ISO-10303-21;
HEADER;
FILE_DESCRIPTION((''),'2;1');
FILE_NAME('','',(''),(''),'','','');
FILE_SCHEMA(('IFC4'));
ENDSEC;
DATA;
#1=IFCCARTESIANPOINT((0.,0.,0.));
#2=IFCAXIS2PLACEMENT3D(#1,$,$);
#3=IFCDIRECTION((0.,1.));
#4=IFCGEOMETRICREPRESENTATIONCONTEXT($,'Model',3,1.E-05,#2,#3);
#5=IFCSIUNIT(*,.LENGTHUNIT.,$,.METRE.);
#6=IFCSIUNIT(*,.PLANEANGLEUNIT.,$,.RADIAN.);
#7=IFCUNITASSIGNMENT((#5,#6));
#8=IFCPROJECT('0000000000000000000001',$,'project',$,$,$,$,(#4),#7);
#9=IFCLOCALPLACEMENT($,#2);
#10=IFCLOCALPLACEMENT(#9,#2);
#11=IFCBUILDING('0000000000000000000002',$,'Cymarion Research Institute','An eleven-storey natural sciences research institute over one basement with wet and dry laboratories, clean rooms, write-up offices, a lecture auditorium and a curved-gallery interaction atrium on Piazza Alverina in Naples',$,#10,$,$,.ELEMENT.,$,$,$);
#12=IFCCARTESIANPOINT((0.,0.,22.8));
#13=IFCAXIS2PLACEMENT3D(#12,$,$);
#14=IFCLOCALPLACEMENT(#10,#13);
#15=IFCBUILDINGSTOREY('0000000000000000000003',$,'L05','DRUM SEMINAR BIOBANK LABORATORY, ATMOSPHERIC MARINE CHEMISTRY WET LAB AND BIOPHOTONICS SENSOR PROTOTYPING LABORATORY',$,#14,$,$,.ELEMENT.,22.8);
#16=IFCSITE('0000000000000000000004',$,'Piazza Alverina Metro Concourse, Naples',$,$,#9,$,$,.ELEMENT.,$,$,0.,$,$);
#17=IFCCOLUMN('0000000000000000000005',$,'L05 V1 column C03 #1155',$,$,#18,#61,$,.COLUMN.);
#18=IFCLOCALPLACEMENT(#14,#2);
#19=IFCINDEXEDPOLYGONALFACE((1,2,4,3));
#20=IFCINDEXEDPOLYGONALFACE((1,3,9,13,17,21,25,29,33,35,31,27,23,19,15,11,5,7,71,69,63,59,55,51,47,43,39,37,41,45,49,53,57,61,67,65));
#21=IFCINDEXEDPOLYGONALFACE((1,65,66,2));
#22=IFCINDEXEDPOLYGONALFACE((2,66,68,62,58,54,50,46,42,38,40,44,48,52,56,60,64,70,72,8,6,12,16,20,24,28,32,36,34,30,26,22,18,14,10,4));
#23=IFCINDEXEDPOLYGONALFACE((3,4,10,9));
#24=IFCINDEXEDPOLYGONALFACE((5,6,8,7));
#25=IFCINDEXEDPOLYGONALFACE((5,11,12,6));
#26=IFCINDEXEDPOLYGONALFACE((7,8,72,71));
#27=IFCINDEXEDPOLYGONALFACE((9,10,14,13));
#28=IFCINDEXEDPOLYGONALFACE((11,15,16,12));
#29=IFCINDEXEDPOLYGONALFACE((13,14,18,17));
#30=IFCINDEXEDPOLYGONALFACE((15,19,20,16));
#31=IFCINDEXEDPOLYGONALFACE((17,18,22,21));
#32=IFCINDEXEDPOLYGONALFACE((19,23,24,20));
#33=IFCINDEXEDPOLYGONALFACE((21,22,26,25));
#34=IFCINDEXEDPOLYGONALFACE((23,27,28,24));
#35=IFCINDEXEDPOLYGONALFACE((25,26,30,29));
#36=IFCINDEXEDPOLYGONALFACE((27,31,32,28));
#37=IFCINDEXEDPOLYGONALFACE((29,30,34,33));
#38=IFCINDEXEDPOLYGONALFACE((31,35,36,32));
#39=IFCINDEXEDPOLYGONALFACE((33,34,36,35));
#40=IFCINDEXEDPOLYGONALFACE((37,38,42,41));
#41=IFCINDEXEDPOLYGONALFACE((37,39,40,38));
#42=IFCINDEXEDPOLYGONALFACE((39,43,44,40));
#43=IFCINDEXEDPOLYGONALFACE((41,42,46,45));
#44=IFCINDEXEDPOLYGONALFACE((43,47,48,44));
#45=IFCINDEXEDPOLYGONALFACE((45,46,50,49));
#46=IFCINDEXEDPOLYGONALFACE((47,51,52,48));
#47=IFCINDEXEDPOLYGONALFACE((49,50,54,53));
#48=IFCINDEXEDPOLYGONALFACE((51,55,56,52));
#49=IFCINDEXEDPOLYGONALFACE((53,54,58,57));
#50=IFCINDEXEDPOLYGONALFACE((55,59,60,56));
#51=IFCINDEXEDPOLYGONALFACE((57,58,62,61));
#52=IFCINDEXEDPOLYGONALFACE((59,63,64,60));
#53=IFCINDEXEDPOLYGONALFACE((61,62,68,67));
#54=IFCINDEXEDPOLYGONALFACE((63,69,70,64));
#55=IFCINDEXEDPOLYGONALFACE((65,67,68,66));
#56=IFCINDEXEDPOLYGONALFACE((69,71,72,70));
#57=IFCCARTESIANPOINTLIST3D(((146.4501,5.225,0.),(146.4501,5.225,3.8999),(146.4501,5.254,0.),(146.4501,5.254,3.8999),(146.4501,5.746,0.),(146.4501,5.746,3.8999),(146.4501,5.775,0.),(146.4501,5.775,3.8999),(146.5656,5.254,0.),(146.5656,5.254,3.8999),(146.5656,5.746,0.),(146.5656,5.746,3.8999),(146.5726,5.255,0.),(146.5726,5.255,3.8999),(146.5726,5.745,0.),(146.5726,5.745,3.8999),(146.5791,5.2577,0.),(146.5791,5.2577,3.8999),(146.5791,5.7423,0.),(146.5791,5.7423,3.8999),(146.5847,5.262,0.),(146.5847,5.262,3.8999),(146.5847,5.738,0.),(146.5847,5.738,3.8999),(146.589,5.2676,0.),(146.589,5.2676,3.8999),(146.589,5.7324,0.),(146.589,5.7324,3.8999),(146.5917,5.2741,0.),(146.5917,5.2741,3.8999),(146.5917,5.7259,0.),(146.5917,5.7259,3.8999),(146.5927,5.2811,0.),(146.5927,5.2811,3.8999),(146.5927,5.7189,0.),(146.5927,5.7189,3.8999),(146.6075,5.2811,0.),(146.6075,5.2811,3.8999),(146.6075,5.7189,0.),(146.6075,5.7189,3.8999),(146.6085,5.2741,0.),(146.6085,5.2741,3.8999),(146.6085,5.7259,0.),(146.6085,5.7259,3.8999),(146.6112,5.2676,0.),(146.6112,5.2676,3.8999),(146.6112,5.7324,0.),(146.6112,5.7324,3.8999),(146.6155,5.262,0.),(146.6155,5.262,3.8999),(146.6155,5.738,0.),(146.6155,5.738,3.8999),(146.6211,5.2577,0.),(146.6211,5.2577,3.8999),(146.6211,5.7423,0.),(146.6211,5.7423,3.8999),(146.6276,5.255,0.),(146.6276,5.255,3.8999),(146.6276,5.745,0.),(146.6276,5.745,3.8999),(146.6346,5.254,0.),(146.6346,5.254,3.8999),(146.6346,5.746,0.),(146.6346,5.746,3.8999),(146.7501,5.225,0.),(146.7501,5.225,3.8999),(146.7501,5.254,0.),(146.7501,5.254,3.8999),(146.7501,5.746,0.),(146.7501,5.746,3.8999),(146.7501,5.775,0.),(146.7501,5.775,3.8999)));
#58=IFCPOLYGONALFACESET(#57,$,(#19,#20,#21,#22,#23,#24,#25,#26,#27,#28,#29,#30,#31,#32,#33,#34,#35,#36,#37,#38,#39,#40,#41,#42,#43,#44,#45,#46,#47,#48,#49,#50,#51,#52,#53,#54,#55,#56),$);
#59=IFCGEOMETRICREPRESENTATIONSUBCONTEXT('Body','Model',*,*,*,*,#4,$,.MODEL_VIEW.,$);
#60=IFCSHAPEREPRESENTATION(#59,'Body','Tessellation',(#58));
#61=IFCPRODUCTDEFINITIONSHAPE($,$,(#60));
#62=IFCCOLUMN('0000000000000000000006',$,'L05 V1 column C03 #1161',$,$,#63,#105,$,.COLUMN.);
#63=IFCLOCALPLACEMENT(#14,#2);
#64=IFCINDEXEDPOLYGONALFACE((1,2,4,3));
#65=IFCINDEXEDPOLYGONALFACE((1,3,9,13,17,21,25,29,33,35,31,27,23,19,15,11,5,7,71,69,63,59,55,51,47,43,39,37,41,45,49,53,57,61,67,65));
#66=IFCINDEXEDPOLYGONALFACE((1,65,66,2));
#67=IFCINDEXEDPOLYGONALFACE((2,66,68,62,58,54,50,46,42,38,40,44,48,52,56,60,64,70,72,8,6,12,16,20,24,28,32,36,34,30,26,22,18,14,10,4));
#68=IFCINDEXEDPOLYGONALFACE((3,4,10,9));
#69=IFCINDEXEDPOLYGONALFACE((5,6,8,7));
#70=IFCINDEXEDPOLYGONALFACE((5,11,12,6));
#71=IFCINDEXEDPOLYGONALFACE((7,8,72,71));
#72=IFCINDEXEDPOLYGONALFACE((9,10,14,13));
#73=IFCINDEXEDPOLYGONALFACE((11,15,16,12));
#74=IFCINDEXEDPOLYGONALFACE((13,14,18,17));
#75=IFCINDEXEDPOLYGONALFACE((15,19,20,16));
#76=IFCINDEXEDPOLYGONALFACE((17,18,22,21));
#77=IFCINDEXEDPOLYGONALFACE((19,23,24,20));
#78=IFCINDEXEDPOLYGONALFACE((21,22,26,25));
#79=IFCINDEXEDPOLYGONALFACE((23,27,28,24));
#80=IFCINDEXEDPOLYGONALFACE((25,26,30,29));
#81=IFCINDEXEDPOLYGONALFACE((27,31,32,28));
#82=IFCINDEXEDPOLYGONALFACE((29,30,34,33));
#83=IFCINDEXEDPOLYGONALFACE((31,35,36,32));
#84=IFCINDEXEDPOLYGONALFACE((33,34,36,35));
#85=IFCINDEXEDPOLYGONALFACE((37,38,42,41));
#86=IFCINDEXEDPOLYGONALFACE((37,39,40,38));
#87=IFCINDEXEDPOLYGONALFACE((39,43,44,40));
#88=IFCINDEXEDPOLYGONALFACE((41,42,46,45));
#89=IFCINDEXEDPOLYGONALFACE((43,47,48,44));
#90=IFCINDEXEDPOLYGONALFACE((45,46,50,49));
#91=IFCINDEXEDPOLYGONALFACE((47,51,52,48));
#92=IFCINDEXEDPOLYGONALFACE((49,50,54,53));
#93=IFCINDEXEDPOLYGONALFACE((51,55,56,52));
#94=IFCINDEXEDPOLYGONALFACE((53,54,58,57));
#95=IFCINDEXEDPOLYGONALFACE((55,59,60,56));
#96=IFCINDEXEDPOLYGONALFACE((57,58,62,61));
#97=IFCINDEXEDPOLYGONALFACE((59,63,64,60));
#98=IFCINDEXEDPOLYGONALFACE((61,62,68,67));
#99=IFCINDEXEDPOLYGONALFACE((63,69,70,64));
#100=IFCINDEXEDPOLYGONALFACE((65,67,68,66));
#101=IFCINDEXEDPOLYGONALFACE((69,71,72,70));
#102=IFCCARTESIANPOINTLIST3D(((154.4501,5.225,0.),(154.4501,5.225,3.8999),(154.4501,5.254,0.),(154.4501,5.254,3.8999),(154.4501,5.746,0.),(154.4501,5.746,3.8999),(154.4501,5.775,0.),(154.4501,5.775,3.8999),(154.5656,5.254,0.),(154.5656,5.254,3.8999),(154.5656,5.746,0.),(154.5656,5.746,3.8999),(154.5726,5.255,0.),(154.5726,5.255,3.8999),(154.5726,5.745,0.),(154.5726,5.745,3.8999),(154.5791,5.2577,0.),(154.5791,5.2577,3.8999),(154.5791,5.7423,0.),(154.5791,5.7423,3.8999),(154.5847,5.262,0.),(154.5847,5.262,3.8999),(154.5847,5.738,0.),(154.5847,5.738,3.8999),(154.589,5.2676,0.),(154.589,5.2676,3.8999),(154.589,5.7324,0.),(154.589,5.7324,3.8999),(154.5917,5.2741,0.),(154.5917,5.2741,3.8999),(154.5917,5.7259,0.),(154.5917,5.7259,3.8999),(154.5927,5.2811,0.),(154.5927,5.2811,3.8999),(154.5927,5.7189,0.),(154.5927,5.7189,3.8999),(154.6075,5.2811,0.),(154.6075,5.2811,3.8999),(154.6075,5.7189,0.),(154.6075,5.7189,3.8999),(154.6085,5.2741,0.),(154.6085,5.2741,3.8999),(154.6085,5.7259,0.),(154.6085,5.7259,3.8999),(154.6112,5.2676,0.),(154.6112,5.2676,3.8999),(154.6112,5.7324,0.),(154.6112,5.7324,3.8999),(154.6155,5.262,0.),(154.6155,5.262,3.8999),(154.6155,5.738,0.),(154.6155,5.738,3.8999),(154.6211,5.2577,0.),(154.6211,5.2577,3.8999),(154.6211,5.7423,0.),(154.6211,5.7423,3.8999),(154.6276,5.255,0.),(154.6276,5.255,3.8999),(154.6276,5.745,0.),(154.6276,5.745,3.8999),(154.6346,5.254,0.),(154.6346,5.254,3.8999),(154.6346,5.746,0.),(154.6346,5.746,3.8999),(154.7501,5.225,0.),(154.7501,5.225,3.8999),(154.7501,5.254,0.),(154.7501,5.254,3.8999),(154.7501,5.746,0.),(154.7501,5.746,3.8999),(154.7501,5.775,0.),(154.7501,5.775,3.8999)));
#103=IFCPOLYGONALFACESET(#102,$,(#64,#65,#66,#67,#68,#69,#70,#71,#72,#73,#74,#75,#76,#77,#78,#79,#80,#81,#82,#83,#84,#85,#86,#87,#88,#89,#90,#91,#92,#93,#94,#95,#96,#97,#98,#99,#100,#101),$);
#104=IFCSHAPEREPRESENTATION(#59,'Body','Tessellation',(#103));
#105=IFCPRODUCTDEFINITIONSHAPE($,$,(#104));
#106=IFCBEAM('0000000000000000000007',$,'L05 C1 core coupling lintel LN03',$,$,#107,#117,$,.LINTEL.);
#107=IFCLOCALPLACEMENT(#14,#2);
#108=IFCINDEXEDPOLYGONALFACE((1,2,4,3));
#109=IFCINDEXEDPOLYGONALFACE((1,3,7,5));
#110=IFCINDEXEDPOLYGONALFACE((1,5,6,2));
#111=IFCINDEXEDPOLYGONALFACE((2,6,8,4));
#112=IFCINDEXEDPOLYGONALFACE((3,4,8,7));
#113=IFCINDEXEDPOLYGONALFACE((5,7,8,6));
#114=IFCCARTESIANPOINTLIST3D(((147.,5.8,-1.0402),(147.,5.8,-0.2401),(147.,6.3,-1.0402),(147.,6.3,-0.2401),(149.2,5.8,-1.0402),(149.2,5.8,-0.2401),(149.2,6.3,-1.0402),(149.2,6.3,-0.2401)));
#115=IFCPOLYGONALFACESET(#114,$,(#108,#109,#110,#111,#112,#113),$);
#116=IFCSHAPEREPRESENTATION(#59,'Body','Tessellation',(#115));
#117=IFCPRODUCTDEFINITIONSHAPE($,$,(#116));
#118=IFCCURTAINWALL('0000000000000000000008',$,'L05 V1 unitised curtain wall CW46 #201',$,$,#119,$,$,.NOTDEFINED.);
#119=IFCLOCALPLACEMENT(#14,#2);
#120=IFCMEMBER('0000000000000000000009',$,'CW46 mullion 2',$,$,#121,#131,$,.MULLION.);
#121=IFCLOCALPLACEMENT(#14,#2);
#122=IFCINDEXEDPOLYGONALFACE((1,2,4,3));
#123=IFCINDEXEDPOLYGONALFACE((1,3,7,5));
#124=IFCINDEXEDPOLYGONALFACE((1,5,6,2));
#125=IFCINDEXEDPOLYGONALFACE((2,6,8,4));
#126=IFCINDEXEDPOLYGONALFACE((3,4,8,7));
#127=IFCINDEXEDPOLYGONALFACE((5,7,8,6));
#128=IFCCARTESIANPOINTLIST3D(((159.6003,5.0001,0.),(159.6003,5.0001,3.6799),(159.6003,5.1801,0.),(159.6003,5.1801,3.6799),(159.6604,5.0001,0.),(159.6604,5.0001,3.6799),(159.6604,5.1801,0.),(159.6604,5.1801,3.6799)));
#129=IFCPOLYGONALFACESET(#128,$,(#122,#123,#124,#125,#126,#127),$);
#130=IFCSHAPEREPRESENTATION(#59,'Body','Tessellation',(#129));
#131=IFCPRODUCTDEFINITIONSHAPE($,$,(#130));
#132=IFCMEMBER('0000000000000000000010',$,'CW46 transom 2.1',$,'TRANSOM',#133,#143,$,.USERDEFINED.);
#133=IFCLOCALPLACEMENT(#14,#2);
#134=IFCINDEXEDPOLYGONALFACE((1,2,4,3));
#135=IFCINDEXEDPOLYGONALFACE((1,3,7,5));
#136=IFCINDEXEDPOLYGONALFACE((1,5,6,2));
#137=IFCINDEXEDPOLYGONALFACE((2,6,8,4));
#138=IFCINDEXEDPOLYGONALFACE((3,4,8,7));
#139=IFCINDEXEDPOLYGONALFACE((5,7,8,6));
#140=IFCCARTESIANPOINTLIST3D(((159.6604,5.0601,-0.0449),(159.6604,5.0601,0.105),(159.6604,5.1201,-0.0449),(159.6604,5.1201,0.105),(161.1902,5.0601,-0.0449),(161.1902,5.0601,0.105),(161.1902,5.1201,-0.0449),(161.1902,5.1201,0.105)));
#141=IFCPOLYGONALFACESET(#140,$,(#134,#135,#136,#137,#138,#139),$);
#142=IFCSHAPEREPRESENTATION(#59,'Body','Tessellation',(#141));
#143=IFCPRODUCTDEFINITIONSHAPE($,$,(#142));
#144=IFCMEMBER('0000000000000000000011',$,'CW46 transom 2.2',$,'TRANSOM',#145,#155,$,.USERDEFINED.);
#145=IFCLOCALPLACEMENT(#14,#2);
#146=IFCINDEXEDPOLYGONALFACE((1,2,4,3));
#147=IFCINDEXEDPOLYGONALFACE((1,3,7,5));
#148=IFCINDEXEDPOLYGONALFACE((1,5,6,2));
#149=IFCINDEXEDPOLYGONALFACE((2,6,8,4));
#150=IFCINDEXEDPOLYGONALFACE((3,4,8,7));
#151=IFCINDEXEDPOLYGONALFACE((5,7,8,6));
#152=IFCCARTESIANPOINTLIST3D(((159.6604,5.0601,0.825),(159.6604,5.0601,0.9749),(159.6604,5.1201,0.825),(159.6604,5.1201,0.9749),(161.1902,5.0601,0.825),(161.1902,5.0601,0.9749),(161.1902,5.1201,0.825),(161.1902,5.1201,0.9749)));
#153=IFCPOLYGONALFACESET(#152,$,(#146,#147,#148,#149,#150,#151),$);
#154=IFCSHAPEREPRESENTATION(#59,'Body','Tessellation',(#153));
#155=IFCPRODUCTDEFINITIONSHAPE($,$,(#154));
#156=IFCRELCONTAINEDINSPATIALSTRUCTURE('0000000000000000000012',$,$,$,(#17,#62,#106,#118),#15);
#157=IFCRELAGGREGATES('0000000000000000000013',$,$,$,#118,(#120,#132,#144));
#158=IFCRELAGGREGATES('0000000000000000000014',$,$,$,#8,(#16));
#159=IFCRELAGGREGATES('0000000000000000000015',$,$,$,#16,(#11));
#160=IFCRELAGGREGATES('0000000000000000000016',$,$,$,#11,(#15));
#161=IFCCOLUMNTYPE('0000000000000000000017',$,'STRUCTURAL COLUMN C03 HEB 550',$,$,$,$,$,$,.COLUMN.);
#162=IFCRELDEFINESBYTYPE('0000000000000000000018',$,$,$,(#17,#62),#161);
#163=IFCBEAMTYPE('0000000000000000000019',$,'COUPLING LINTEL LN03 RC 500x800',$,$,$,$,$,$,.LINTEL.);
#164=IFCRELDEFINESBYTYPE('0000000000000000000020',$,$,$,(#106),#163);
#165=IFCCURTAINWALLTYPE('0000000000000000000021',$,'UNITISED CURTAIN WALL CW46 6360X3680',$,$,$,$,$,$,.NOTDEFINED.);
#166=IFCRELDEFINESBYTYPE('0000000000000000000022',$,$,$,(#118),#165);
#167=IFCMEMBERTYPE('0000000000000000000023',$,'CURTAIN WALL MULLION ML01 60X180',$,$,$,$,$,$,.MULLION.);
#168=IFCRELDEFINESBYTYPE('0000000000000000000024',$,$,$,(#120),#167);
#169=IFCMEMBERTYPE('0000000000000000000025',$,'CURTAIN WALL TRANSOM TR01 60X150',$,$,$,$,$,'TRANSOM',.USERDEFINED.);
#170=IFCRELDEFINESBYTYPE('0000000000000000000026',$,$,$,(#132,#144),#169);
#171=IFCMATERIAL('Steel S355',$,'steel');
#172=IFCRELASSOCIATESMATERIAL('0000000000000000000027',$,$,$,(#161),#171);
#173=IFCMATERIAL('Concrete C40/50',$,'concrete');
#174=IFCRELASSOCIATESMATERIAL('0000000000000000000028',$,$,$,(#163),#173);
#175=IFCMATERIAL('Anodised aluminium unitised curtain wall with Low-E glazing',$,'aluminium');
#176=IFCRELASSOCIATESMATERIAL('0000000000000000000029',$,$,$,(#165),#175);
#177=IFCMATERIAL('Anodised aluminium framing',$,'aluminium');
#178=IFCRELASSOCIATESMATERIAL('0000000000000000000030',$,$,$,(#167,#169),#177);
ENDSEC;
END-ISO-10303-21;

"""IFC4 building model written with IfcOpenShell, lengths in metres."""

from ifc_helpers import new_model, si_unit, direction, frame, origin, origin_2d, place, context, subcontext, project, spatial, rectangle, i_section, extrude, material, material_profile, profile_set, type_object, element, aggregate, save


model = new_model("IFC4")

# Units and contexts
model_context = context("Model", 3, precision=1e-05, world=origin(), true_north=direction((0.0, 1.0)))
body_context = subcontext(model_context, "Body", "Model", "MODEL_VIEW")
ifc_project = project(units=[si_unit("LENGTHUNIT", "METRE"), si_unit("PLANEANGLEUNIT", "RADIAN")], contexts=[model_context])

# Site, building, storey
site_placement = place(None, origin())
site = spatial("IfcSite", under=ifc_project, at=site_placement, Name="Piazza Alverina Metro Concourse, Naples", CompositionType="ELEMENT", RefElevation=0.0)
building_placement = place(site_placement, origin())
building = spatial("IfcBuilding", under=site, at=building_placement, Name="Cymarion Research Institute", Description="An eleven-storey natural sciences research institute over one basement with wet and dry laboratories, clean rooms, write-up offices, a lecture auditorium and a curved-gallery interaction atrium on Piazza Alverina in Naples", CompositionType="ELEMENT")
storey_placement = place(building_placement, frame((0.0, 0.0, 22.8)))
storey = spatial("IfcBuildingStorey", under=building, at=storey_placement, Name="L05", Description="DRUM SEMINAR BIOBANK LABORATORY, ATMOSPHERIC MARINE CHEMISTRY WET LAB AND BIOPHOTONICS SENSOR PROTOTYPING LABORATORY", CompositionType="ELEMENT", Elevation=22.8)

# Columns
ifc_material_1 = material(Name="Steel S355", Category="steel")
ifc_material_profile_1 = material_profile(ifc_material_1, i_section(OverallWidth=0.3, OverallDepth=0.55, WebThickness=0.0149, FlangeThickness=0.0291, FilletRadius=0.0271, at=origin_2d()), Name="HEB 550")
ifc_profile_set_1 = profile_set([ifc_material_profile_1], Name="Steel S355")
column_type = type_object("IfcColumnType", Name="STRUCTURAL COLUMN C03 HEB 550", PredefinedType="COLUMN", material=ifc_profile_set_1)
for number, where, z_axis, x_axis, name in (
    (1, (146.6001, 5.5, 0.0), (0.0, 0.0, 1.0), (1.0, 0.0, 0.0), "L05 V1 column C03 #1155"),
    (2, (154.6001, 5.5, 0.0), (0.0, 0.0, 1.0), (1.0, 0.0, 0.0), "L05 V1 column C03 #1161"),
):
    element("IfcColumn", number, at=place(storey_placement, frame(where, z_axis=z_axis, x_axis=x_axis)), inside=storey, type_object=column_type, Name=name, PredefinedType="COLUMN", context=body_context, shape_type="SweptSolid", body=[
        extrude(i_section(OverallWidth=0.3, OverallDepth=0.55, WebThickness=0.0149, FlangeThickness=0.0291, FilletRadius=0.0271, at=origin_2d()), origin(), (0.0, 0.0, 1.0), 3.8999),
    ])

# Beam
ifc_material_2 = material(Name="Concrete C40/50", Category="concrete")
ifc_material_profile_2 = material_profile(ifc_material_2, rectangle(XDim=0.5, YDim=0.8, at=origin_2d()), Name="RC 500x800")
ifc_profile_set_2 = profile_set([ifc_material_profile_2], Name="Concrete C40/50")
beam_type_1 = type_object("IfcBeamType", Name="COUPLING LINTEL LN03 RC 500x800", PredefinedType="LINTEL", material=ifc_profile_set_2)
beam_1_placement = place(storey_placement, frame((147.0, 6.05, -0.6401), z_axis=(1.0, 0.0, 0.0), x_axis=(0.0, 1.0, 0.0)))
element("IfcBeam", 3, at=beam_1_placement, inside=storey, type_object=beam_type_1, Name="L05 C1 core coupling lintel LN03", PredefinedType="LINTEL", context=body_context, shape_type="SweptSolid", body=[
    extrude(rectangle(XDim=0.5, YDim=0.8, at=origin_2d()), origin(), (0.0, 0.0, 1.0), 2.2),
])

# Curtain wall, members
ifc_material_3 = material(Name="Anodised aluminium unitised curtain wall with Low-E glazing", Category="aluminium")
curtain_wall_type = type_object("IfcCurtainWallType", Name="UNITISED CURTAIN WALL CW46 6360X3680", PredefinedType="NOTDEFINED", material=ifc_material_3)
curtain_wall_placement = place(storey_placement, origin())
curtain_wall = element("IfcCurtainWall", 4, at=curtain_wall_placement, inside=storey, type_object=curtain_wall_type, Name="L05 V1 unitised curtain wall CW46 #201", PredefinedType="NOTDEFINED")
ifc_material_4 = material(Name="Anodised aluminium framing", Category="aluminium")
ifc_material_profile_3 = material_profile(ifc_material_4, rectangle(XDim=0.0601, YDim=0.1799, at=origin_2d()), Name="ALU MULLION 60x180")
ifc_profile_set_3 = profile_set([ifc_material_profile_3], Name="Anodised aluminium framing")
member_type_1 = type_object("IfcMemberType", Name="CURTAIN WALL MULLION ML01 60X180", PredefinedType="MULLION", material=ifc_profile_set_3)
member_1_placement = place(storey_placement, frame((159.6304, 5.0901, 0.0), z_axis=(0.0, 0.0, 1.0), x_axis=(1.0, 0.0, 0.0)))
member_1 = element("IfcMember", 5, at=member_1_placement, type_object=member_type_1, Name="CW46 mullion 2", PredefinedType="MULLION", context=body_context, shape_type="SweptSolid", body=[
    extrude(rectangle(XDim=0.0601, YDim=0.1799, at=origin_2d()), origin(), (0.0, 0.0, 1.0), 3.6799),
])
ifc_material_profile_4 = material_profile(ifc_material_4, rectangle(XDim=0.0601, YDim=0.1499, at=origin_2d()), Name="ALU TRANSOM 60x150")
ifc_profile_set_4 = profile_set([ifc_material_profile_4], Name="Anodised aluminium framing")
member_type_2 = type_object("IfcMemberType", Name="CURTAIN WALL TRANSOM TR01 60X150", ElementType="TRANSOM", PredefinedType="USERDEFINED", material=ifc_profile_set_4)
member_2_placement = place(storey_placement, frame((159.6604, 5.0901, 0.03), z_axis=(1.0, 0.0, 0.0), x_axis=(0.0, 1.0, 0.0)))
member_2 = element("IfcMember", 6, at=member_2_placement, type_object=member_type_2, Name="CW46 transom 2.1", ObjectType="TRANSOM", PredefinedType="USERDEFINED", context=body_context, shape_type="SweptSolid", body=[
    extrude(rectangle(XDim=0.0601, YDim=0.1499, at=origin_2d()), origin(), (0.0, 0.0, 1.0), 1.5298),
])
member_3_placement = place(storey_placement, frame((159.6604, 5.0901, 0.8999), z_axis=(1.0, 0.0, 0.0), x_axis=(0.0, 1.0, 0.0)))
member_3 = element("IfcMember", 7, at=member_3_placement, type_object=member_type_2, Name="CW46 transom 2.2", ObjectType="TRANSOM", PredefinedType="USERDEFINED", context=body_context, shape_type="SweptSolid", body=[
    extrude(rectangle(XDim=0.0601, YDim=0.1499, at=origin_2d()), origin(), (0.0, 0.0, 1.0), 1.5298),
])
aggregate(curtain_wall, [member_1, member_2, member_3])

save(model, "model.ifc")
